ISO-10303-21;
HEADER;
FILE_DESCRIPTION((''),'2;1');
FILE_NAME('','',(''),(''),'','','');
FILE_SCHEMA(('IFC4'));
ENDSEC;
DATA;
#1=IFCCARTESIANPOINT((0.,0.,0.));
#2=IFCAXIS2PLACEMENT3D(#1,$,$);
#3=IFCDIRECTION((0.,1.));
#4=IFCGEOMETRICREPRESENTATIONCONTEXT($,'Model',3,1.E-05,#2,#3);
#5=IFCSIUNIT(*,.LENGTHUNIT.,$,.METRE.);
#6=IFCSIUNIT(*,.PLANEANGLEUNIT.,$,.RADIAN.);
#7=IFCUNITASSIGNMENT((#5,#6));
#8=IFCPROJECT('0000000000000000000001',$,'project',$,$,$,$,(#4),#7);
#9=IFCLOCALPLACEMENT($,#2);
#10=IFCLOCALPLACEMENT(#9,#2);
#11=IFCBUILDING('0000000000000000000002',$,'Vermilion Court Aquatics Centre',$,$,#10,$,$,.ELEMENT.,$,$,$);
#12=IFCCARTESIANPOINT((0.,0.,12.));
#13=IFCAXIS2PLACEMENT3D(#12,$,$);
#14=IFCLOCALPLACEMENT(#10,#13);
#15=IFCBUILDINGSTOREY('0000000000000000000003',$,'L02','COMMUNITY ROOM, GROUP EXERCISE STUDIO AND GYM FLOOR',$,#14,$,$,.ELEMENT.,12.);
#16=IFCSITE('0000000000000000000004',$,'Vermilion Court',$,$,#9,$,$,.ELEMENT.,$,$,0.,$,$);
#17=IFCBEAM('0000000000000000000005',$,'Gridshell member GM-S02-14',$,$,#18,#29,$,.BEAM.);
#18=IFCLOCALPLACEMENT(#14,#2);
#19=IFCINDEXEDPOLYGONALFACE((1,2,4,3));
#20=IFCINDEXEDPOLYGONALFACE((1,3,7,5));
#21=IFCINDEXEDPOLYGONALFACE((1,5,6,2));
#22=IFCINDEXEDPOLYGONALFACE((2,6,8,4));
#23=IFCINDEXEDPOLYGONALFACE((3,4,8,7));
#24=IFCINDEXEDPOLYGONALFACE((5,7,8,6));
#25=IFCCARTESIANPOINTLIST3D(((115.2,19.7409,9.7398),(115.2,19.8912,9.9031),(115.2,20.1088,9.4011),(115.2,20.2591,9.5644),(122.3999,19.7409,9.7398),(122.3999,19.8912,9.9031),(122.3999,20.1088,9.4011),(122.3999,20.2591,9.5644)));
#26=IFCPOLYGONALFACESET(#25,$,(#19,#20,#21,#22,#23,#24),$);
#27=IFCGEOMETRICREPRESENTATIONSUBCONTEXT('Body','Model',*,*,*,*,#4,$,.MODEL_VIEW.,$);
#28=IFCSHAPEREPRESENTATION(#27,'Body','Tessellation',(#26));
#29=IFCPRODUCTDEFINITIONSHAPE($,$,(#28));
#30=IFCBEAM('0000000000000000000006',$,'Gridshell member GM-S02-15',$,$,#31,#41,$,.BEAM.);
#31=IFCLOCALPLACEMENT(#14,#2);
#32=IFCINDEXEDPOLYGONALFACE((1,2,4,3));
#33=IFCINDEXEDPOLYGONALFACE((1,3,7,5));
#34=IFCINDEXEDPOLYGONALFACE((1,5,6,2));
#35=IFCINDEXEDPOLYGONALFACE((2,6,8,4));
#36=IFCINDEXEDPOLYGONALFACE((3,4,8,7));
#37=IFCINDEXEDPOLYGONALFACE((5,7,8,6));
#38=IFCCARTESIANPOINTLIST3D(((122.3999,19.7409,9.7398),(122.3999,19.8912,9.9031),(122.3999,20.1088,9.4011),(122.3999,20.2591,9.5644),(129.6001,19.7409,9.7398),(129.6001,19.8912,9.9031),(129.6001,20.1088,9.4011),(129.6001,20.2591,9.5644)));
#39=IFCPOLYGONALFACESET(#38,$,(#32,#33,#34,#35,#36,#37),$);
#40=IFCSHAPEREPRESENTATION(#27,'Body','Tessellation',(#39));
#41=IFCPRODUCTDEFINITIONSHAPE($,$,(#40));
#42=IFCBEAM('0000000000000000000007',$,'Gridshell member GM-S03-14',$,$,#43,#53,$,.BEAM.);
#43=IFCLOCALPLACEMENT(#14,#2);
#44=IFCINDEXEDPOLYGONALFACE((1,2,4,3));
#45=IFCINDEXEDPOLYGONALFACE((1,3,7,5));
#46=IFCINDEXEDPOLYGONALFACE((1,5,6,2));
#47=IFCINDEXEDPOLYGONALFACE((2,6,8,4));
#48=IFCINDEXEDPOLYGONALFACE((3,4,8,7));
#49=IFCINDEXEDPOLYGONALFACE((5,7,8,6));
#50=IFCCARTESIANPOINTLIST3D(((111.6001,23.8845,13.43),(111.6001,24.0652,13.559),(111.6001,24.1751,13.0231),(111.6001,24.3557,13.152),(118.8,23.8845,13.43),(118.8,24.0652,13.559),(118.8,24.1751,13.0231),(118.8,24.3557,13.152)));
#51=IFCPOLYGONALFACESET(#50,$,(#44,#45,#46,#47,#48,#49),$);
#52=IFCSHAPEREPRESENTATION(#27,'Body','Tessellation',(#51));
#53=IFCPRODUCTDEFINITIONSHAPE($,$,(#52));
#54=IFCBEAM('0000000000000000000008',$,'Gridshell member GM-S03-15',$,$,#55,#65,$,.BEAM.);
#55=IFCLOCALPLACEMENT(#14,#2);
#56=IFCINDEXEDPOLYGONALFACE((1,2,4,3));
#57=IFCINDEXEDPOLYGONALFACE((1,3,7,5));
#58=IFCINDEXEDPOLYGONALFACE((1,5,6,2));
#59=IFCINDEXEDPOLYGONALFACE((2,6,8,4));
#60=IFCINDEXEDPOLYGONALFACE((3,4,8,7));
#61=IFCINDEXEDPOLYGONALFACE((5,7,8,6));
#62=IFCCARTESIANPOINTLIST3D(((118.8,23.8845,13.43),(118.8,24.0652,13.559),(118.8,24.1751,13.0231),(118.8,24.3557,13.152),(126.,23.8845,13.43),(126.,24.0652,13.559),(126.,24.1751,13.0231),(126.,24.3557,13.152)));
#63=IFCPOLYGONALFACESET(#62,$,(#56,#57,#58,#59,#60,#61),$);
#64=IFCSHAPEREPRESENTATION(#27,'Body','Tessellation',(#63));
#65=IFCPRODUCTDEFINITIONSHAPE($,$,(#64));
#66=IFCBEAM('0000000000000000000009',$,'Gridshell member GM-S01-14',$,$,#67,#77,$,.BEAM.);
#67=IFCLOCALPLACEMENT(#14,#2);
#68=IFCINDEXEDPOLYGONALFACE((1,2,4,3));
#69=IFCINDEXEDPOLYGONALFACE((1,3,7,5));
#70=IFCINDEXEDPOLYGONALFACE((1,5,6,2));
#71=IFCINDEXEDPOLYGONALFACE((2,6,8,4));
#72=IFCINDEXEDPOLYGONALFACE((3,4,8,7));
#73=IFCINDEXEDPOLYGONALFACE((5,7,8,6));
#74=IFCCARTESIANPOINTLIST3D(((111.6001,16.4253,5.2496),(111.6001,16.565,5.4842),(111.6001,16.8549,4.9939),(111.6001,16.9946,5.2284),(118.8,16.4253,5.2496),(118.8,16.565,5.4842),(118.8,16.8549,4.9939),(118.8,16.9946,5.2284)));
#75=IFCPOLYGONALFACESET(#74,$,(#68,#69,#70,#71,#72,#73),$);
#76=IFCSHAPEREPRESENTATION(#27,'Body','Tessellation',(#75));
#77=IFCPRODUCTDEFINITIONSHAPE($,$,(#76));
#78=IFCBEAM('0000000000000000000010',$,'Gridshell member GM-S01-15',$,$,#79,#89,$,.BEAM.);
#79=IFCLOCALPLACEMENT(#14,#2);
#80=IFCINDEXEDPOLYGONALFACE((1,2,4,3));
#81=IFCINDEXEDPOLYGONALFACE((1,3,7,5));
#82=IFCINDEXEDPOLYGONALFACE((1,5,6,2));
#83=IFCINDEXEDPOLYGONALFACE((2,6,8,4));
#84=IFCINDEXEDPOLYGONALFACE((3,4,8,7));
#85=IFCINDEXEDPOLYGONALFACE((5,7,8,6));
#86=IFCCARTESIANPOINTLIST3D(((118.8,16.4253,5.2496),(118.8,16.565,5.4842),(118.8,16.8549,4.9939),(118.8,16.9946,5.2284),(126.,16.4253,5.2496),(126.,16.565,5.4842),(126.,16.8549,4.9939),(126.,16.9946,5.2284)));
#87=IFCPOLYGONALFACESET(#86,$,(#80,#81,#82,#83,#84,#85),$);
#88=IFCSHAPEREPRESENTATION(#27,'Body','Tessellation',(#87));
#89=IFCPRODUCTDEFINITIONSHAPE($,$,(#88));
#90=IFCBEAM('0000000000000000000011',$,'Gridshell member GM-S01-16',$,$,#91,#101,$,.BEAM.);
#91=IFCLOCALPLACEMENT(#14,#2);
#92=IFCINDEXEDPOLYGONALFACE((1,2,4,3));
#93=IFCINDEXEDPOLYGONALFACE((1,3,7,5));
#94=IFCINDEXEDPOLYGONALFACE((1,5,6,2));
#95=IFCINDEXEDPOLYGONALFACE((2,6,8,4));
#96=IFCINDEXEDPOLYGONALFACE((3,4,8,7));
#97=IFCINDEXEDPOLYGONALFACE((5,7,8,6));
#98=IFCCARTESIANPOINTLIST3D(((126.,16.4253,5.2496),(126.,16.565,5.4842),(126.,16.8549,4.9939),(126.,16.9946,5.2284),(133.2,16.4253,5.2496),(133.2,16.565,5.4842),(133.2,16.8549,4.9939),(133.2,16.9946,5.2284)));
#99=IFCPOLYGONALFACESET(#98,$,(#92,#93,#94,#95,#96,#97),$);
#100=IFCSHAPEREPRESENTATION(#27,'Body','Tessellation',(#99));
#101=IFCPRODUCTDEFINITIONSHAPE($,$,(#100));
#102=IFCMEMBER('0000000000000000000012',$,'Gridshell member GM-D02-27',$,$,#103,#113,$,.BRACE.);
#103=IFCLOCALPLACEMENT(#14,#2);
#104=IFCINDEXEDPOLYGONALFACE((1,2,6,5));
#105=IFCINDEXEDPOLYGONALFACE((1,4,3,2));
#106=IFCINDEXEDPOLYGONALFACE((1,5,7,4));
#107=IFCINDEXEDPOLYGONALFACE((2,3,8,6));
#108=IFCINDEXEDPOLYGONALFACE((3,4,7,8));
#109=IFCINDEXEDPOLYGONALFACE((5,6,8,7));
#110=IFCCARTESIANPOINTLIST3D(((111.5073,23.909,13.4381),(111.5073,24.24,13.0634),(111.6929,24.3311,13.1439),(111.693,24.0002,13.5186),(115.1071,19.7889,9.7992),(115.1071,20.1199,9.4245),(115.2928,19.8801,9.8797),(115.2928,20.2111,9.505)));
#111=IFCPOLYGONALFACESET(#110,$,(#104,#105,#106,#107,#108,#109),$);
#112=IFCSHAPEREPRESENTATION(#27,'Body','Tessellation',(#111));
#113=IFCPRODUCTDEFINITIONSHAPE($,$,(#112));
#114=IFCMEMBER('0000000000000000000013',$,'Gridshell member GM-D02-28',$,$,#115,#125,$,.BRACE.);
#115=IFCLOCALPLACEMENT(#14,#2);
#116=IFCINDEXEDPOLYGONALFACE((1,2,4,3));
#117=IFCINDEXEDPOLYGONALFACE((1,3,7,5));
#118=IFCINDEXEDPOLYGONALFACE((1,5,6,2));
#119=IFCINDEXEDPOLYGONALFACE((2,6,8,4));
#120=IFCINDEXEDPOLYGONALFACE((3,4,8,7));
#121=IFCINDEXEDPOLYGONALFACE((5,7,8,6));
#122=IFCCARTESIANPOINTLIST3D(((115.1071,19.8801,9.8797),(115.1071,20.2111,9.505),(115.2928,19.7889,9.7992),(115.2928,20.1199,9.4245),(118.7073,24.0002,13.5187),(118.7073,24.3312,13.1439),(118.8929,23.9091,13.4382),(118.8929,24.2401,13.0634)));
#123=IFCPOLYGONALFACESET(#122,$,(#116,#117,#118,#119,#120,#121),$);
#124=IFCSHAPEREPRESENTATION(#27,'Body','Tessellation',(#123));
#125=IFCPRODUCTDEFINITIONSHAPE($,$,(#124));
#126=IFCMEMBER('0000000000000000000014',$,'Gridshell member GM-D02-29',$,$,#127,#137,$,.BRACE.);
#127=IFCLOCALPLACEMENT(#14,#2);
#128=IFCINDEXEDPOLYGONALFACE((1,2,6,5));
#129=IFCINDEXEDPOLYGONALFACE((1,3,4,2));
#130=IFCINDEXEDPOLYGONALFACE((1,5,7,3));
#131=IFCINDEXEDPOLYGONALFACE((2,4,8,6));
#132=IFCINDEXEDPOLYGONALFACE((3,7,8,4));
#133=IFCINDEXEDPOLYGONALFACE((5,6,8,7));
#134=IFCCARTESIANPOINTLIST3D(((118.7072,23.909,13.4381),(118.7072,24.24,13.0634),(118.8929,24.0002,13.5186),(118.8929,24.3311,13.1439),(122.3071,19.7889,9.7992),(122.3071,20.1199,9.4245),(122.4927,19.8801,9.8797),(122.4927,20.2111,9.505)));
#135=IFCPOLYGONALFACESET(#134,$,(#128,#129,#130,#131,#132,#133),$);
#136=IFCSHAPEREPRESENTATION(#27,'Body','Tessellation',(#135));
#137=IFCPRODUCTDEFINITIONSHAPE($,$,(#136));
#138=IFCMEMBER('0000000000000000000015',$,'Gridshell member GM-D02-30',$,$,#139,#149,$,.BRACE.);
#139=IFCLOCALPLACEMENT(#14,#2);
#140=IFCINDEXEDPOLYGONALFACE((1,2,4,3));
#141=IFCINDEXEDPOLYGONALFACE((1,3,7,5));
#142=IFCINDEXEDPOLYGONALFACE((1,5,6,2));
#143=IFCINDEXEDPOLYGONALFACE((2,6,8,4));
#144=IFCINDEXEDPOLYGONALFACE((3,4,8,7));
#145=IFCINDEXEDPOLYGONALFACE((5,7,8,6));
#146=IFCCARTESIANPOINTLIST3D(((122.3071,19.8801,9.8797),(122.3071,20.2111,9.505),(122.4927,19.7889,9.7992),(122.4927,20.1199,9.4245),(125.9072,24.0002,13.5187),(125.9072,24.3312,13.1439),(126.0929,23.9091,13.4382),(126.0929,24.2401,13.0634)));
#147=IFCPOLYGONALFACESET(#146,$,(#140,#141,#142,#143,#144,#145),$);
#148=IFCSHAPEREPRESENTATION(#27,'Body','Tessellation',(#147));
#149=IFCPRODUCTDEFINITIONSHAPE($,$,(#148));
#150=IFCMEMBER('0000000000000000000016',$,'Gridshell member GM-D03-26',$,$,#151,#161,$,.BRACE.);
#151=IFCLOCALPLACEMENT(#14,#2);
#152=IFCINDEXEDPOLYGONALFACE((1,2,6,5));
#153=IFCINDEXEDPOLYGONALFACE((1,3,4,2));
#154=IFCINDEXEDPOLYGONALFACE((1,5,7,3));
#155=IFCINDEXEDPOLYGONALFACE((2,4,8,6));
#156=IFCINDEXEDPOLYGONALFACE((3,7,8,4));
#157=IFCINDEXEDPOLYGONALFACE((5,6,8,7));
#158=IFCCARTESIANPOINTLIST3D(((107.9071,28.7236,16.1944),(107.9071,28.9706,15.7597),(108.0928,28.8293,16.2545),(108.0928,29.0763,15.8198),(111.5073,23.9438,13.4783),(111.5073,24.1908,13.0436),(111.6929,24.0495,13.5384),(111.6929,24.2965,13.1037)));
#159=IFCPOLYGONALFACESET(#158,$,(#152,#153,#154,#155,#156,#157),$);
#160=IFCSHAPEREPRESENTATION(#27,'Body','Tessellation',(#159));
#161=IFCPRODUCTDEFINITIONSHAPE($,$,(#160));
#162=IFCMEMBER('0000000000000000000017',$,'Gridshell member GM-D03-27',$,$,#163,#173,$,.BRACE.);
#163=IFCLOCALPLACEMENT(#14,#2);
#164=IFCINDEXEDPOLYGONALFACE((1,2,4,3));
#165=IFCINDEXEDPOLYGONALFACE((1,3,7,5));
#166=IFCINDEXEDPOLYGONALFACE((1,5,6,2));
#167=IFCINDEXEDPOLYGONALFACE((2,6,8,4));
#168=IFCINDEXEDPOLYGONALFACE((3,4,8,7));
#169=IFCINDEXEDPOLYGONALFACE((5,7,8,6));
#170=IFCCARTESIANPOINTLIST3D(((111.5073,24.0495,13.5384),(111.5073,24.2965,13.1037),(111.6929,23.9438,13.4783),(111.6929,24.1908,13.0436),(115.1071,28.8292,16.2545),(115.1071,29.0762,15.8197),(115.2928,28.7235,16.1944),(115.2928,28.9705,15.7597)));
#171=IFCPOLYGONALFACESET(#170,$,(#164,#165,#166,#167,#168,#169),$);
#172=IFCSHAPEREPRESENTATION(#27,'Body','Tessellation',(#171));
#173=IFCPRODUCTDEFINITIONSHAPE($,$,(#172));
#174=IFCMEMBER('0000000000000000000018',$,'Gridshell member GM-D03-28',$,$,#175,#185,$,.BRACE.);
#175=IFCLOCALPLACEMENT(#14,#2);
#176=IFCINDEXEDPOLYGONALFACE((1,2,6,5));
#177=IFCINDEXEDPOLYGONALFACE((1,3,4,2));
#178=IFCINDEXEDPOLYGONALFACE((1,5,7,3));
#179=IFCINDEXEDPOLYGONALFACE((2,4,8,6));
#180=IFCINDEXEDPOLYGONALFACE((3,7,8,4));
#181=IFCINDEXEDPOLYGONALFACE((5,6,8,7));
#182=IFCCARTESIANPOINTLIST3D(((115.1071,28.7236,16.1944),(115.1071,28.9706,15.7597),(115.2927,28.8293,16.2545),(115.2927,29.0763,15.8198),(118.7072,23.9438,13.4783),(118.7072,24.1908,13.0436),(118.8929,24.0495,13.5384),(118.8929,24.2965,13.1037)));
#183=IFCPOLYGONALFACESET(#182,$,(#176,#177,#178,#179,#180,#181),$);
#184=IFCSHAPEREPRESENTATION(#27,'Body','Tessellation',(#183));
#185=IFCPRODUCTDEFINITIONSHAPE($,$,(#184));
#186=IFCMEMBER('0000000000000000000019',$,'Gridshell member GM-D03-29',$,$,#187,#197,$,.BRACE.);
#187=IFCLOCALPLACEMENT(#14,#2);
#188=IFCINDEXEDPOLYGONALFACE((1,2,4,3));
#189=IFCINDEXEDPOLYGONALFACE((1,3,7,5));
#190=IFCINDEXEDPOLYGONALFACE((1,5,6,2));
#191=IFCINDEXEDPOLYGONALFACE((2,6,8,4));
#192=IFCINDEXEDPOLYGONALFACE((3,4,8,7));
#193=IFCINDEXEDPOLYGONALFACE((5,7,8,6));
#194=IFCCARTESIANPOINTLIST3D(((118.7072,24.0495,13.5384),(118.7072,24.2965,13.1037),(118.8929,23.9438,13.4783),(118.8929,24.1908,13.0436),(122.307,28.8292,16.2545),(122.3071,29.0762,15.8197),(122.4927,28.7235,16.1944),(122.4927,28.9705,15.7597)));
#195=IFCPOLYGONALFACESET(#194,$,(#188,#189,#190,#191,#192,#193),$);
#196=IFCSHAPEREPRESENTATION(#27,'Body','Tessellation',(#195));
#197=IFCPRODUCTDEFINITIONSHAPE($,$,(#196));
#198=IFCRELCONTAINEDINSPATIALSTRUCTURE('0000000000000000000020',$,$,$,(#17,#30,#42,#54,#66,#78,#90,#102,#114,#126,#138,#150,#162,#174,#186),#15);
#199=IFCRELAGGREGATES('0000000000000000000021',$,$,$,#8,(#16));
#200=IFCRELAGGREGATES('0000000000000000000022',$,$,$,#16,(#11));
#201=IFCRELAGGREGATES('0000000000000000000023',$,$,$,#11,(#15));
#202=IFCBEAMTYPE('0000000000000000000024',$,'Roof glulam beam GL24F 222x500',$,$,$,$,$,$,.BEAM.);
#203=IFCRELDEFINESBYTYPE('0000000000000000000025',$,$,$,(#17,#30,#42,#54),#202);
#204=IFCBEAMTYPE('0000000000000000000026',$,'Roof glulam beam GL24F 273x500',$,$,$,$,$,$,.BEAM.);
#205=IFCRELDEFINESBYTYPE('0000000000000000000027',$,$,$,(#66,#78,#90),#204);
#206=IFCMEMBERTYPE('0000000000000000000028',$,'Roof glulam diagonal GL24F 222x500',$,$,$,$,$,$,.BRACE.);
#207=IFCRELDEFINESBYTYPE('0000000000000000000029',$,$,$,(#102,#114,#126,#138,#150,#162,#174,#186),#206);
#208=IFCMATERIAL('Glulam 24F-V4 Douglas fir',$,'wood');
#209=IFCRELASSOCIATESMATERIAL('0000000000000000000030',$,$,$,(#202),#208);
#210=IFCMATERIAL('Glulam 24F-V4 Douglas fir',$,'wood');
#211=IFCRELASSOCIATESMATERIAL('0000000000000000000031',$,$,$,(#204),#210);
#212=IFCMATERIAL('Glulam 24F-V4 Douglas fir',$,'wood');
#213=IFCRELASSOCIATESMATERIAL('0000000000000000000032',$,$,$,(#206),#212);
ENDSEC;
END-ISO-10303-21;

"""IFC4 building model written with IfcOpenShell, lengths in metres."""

from ifc_helpers import new_model, si_unit, direction, frame, origin, origin_2d, place, context, subcontext, project, spatial, rectangle, extrude, material, material_profile, profile_set, type_object, element, save


model = new_model("IFC4")

# Units and contexts
model_context = context("Model", 3, precision=1e-05, world=origin(), true_north=direction((0.0, 1.0)))
body_context = subcontext(model_context, "Body", "Model", "MODEL_VIEW")
ifc_project = project(units=[si_unit("LENGTHUNIT", "METRE"), si_unit("PLANEANGLEUNIT", "RADIAN")], contexts=[model_context])

# Site, building, storey
site_placement = place(None, origin())
site = spatial("IfcSite", under=ifc_project, at=site_placement, Name="Vermilion Court", CompositionType="ELEMENT", RefElevation=0.0)
building_placement = place(site_placement, origin())
building = spatial("IfcBuilding", under=site, at=building_placement, Name="Vermilion Court Aquatics Centre", CompositionType="ELEMENT")
storey_placement = place(building_placement, frame((0.0, 0.0, 12.0)))
storey = spatial("IfcBuildingStorey", under=building, at=storey_placement, Name="L02", Description="COMMUNITY ROOM, GROUP EXERCISE STUDIO AND GYM FLOOR", CompositionType="ELEMENT", Elevation=12.0)

# Beams
ifc_material_1 = material(Name="Glulam 24F-V4 Douglas fir", Category="wood")
ifc_material_profile_1 = material_profile(ifc_material_1, rectangle(XDim=0.2219, YDim=0.5, at=origin_2d()), Name="GL24F 222x500")
ifc_profile_set_1 = profile_set([ifc_material_profile_1], Name="Glulam 24F-V4 Douglas fir")
beam_type_1 = type_object("IfcBeamType", Name="Roof glulam beam GL24F 222x500", PredefinedType="BEAM", material=ifc_profile_set_1)
beam_1_placement = place(storey_placement, frame((115.2, 20.0, 9.6521), z_axis=(1.0, 0.0, 0.0), x_axis=(0.0, 0.67726, 0.735744)))
element("IfcBeam", 1, at=beam_1_placement, inside=storey, type_object=beam_type_1, Name="Gridshell member GM-S02-14", PredefinedType="BEAM", context=body_context, shape_type="SweptSolid", body=[
    extrude(rectangle(XDim=0.2219, YDim=0.5, at=origin_2d()), origin(), (0.0, 0.0, 1.0), 7.2),
])
beam_2_placement = place(storey_placement, frame((122.3999, 20.0, 9.6521), z_axis=(1.0, 0.0, 0.0), x_axis=(0.0, 0.67726, 0.735744)))
element("IfcBeam", 2, at=beam_2_placement, inside=storey, type_object=beam_type_1, Name="Gridshell member GM-S02-15", PredefinedType="BEAM", context=body_context, shape_type="SweptSolid", body=[
    extrude(rectangle(XDim=0.2219, YDim=0.5, at=origin_2d()), origin(), (0.0, 0.0, 1.0), 7.2002),
])
for number, where, z_axis, x_axis, name in (
    (3, (111.6001, 24.1201, 13.291), (1.0, 0.0, 0.0), (0.0, 0.813848, 0.581078), "Gridshell member GM-S03-14"),
    (4, (118.8, 24.1201, 13.291), (1.0, 0.0, 0.0), (0.0, 0.813848, 0.581078), "Gridshell member GM-S03-15"),
):
    element("IfcBeam", number, at=place(storey_placement, frame(where, z_axis=z_axis, x_axis=x_axis)), inside=storey, type_object=beam_type_1, Name=name, PredefinedType="BEAM", context=body_context, shape_type="SweptSolid", body=[
        extrude(rectangle(XDim=0.2219, YDim=0.5, at=origin_2d()), origin(), (0.0, 0.0, 1.0), 7.2),
    ])
ifc_material_2 = material(Name="Glulam 24F-V4 Douglas fir", Category="wood")
ifc_material_profile_2 = material_profile(ifc_material_2, rectangle(XDim=0.2729, YDim=0.5, at=origin_2d()), Name="GL24F 273x500")
ifc_profile_set_2 = profile_set([ifc_material_profile_2], Name="Glulam 24F-V4 Douglas fir")
beam_type_2 = type_object("IfcBeamType", Name="Roof glulam beam GL24F 273x500", PredefinedType="BEAM", material=ifc_profile_set_2)
for number, where, z_axis, x_axis, name in (
    (5, (111.6001, 16.71, 5.239), (1.0, 0.0, 0.0), (0.0, 0.511595, 0.859227), "Gridshell member GM-S01-14"),
    (6, (118.8, 16.71, 5.239), (1.0, 0.0, 0.0), (0.0, 0.511595, 0.859227), "Gridshell member GM-S01-15"),
    (7, (126.0, 16.71, 5.239), (1.0, 0.0, 0.0), (0.0, 0.511595, 0.859227), "Gridshell member GM-S01-16"),
):
    element("IfcBeam", number, at=place(storey_placement, frame(where, z_axis=z_axis, x_axis=x_axis)), inside=storey, type_object=beam_type_2, Name=name, PredefinedType="BEAM", context=body_context, shape_type="SweptSolid", body=[
        extrude(rectangle(XDim=0.2729, YDim=0.5, at=origin_2d()), origin(), (0.0, 0.0, 1.0), 7.2),
    ])

# Members
ifc_material_3 = material(Name="Glulam 24F-V4 Douglas fir", Category="wood")
ifc_material_profile_3 = material_profile(ifc_material_3, rectangle(XDim=0.2219, YDim=0.5, at=origin_2d()), Name="GL24F 222x500")
ifc_profile_set_3 = profile_set([ifc_material_profile_3], Name="Glulam 24F-V4 Douglas fir")
member_type_1 = type_object("IfcMemberType", Name="Roof glulam diagonal GL24F 222x500", PredefinedType="BRACE", material=ifc_profile_set_3)
member_1_placement = place(storey_placement, frame((115.2, 20.0, 9.6521), z_axis=(-0.547852, 0.62703, 0.553797), x_axis=(-0.836575, -0.410632, -0.362661)))
element("IfcMember", 8, at=member_1_placement, inside=storey, type_object=member_type_1, Name="Gridshell member GM-D02-27", PredefinedType="BRACE", context=body_context, shape_type="SweptSolid", body=[
    extrude(rectangle(XDim=0.2219, YDim=0.5, at=origin_2d()), origin(), (0.0, 0.0, 1.0), 6.5708),
])
member_2_placement = place(storey_placement, frame((115.2, 20.0, 9.6521), z_axis=(0.547878, 0.627017, 0.553786), x_axis=(-0.836558, 0.410664, 0.362664)))
element("IfcMember", 9, at=member_2_placement, inside=storey, type_object=member_type_1, Name="Gridshell member GM-D02-28", PredefinedType="BRACE", context=body_context, shape_type="SweptSolid", body=[
    extrude(rectangle(XDim=0.2219, YDim=0.5, at=origin_2d()), origin(), (0.0, 0.0, 1.0), 6.571),
])
member_3_placement = place(storey_placement, frame((122.3999, 20.0, 9.6521), z_axis=(-0.547852, 0.62703, 0.553797), x_axis=(-0.836575, -0.410632, -0.362661)))
element("IfcMember", 10, at=member_3_placement, inside=storey, type_object=member_type_1, Name="Gridshell member GM-D02-29", PredefinedType="BRACE", context=body_context, shape_type="SweptSolid", body=[
    extrude(rectangle(XDim=0.2219, YDim=0.5, at=origin_2d()), origin(), (0.0, 0.0, 1.0), 6.5708),
])
member_4_placement = place(storey_placement, frame((122.3999, 20.0, 9.6521), z_axis=(0.547878, 0.627017, 0.553786), x_axis=(-0.836558, 0.410664, 0.362664)))
element("IfcMember", 11, at=member_4_placement, inside=storey, type_object=member_type_1, Name="Gridshell member GM-D02-30", PredefinedType="BRACE", context=body_context, shape_type="SweptSolid", body=[
    extrude(rectangle(XDim=0.2219, YDim=0.5, at=origin_2d()), origin(), (0.0, 0.0, 1.0), 6.571),
])
member_5_placement = place(storey_placement, frame((111.6001, 24.1201, 13.291), z_axis=(-0.547839, 0.727355, 0.413312), x_axis=(-0.836584, -0.476332, -0.27062)))
element("IfcMember", 12, at=member_5_placement, inside=storey, type_object=member_type_1, Name="Gridshell member GM-D03-26", PredefinedType="BRACE", context=body_context, shape_type="SweptSolid", body=[
    extrude(rectangle(XDim=0.2219, YDim=0.5, at=origin_2d()), origin(), (0.0, 0.0, 1.0), 6.5715),
])
member_6_placement = place(storey_placement, frame((111.6001, 24.1201, 13.291), z_axis=(0.547813, 0.72737, 0.413321), x_axis=(-0.836601, 0.476303, 0.270618)))
element("IfcMember", 13, at=member_6_placement, inside=storey, type_object=member_type_1, Name="Gridshell member GM-D03-27", PredefinedType="BRACE", context=body_context, shape_type="SweptSolid", body=[
    extrude(rectangle(XDim=0.2219, YDim=0.5, at=origin_2d()), origin(), (0.0, 0.0, 1.0), 6.5713),
])
member_7_placement = place(storey_placement, frame((118.8, 24.1201, 13.291), z_axis=(-0.547839, 0.727355, 0.413312), x_axis=(-0.836584, -0.476332, -0.27062)))
element("IfcMember", 14, at=member_7_placement, inside=storey, type_object=member_type_1, Name="Gridshell member GM-D03-28", PredefinedType="BRACE", context=body_context, shape_type="SweptSolid", body=[
    extrude(rectangle(XDim=0.2219, YDim=0.5, at=origin_2d()), origin(), (0.0, 0.0, 1.0), 6.5715),
])
member_8_placement = place(storey_placement, frame((118.8, 24.1201, 13.291), z_axis=(0.547813, 0.72737, 0.413321), x_axis=(-0.836601, 0.476303, 0.270618)))
element("IfcMember", 15, at=member_8_placement, inside=storey, type_object=member_type_1, Name="Gridshell member GM-D03-29", PredefinedType="BRACE", context=body_context, shape_type="SweptSolid", body=[
    extrude(rectangle(XDim=0.2219, YDim=0.5, at=origin_2d()), origin(), (0.0, 0.0, 1.0), 6.5713),
])

save(model, "model.ifc")
